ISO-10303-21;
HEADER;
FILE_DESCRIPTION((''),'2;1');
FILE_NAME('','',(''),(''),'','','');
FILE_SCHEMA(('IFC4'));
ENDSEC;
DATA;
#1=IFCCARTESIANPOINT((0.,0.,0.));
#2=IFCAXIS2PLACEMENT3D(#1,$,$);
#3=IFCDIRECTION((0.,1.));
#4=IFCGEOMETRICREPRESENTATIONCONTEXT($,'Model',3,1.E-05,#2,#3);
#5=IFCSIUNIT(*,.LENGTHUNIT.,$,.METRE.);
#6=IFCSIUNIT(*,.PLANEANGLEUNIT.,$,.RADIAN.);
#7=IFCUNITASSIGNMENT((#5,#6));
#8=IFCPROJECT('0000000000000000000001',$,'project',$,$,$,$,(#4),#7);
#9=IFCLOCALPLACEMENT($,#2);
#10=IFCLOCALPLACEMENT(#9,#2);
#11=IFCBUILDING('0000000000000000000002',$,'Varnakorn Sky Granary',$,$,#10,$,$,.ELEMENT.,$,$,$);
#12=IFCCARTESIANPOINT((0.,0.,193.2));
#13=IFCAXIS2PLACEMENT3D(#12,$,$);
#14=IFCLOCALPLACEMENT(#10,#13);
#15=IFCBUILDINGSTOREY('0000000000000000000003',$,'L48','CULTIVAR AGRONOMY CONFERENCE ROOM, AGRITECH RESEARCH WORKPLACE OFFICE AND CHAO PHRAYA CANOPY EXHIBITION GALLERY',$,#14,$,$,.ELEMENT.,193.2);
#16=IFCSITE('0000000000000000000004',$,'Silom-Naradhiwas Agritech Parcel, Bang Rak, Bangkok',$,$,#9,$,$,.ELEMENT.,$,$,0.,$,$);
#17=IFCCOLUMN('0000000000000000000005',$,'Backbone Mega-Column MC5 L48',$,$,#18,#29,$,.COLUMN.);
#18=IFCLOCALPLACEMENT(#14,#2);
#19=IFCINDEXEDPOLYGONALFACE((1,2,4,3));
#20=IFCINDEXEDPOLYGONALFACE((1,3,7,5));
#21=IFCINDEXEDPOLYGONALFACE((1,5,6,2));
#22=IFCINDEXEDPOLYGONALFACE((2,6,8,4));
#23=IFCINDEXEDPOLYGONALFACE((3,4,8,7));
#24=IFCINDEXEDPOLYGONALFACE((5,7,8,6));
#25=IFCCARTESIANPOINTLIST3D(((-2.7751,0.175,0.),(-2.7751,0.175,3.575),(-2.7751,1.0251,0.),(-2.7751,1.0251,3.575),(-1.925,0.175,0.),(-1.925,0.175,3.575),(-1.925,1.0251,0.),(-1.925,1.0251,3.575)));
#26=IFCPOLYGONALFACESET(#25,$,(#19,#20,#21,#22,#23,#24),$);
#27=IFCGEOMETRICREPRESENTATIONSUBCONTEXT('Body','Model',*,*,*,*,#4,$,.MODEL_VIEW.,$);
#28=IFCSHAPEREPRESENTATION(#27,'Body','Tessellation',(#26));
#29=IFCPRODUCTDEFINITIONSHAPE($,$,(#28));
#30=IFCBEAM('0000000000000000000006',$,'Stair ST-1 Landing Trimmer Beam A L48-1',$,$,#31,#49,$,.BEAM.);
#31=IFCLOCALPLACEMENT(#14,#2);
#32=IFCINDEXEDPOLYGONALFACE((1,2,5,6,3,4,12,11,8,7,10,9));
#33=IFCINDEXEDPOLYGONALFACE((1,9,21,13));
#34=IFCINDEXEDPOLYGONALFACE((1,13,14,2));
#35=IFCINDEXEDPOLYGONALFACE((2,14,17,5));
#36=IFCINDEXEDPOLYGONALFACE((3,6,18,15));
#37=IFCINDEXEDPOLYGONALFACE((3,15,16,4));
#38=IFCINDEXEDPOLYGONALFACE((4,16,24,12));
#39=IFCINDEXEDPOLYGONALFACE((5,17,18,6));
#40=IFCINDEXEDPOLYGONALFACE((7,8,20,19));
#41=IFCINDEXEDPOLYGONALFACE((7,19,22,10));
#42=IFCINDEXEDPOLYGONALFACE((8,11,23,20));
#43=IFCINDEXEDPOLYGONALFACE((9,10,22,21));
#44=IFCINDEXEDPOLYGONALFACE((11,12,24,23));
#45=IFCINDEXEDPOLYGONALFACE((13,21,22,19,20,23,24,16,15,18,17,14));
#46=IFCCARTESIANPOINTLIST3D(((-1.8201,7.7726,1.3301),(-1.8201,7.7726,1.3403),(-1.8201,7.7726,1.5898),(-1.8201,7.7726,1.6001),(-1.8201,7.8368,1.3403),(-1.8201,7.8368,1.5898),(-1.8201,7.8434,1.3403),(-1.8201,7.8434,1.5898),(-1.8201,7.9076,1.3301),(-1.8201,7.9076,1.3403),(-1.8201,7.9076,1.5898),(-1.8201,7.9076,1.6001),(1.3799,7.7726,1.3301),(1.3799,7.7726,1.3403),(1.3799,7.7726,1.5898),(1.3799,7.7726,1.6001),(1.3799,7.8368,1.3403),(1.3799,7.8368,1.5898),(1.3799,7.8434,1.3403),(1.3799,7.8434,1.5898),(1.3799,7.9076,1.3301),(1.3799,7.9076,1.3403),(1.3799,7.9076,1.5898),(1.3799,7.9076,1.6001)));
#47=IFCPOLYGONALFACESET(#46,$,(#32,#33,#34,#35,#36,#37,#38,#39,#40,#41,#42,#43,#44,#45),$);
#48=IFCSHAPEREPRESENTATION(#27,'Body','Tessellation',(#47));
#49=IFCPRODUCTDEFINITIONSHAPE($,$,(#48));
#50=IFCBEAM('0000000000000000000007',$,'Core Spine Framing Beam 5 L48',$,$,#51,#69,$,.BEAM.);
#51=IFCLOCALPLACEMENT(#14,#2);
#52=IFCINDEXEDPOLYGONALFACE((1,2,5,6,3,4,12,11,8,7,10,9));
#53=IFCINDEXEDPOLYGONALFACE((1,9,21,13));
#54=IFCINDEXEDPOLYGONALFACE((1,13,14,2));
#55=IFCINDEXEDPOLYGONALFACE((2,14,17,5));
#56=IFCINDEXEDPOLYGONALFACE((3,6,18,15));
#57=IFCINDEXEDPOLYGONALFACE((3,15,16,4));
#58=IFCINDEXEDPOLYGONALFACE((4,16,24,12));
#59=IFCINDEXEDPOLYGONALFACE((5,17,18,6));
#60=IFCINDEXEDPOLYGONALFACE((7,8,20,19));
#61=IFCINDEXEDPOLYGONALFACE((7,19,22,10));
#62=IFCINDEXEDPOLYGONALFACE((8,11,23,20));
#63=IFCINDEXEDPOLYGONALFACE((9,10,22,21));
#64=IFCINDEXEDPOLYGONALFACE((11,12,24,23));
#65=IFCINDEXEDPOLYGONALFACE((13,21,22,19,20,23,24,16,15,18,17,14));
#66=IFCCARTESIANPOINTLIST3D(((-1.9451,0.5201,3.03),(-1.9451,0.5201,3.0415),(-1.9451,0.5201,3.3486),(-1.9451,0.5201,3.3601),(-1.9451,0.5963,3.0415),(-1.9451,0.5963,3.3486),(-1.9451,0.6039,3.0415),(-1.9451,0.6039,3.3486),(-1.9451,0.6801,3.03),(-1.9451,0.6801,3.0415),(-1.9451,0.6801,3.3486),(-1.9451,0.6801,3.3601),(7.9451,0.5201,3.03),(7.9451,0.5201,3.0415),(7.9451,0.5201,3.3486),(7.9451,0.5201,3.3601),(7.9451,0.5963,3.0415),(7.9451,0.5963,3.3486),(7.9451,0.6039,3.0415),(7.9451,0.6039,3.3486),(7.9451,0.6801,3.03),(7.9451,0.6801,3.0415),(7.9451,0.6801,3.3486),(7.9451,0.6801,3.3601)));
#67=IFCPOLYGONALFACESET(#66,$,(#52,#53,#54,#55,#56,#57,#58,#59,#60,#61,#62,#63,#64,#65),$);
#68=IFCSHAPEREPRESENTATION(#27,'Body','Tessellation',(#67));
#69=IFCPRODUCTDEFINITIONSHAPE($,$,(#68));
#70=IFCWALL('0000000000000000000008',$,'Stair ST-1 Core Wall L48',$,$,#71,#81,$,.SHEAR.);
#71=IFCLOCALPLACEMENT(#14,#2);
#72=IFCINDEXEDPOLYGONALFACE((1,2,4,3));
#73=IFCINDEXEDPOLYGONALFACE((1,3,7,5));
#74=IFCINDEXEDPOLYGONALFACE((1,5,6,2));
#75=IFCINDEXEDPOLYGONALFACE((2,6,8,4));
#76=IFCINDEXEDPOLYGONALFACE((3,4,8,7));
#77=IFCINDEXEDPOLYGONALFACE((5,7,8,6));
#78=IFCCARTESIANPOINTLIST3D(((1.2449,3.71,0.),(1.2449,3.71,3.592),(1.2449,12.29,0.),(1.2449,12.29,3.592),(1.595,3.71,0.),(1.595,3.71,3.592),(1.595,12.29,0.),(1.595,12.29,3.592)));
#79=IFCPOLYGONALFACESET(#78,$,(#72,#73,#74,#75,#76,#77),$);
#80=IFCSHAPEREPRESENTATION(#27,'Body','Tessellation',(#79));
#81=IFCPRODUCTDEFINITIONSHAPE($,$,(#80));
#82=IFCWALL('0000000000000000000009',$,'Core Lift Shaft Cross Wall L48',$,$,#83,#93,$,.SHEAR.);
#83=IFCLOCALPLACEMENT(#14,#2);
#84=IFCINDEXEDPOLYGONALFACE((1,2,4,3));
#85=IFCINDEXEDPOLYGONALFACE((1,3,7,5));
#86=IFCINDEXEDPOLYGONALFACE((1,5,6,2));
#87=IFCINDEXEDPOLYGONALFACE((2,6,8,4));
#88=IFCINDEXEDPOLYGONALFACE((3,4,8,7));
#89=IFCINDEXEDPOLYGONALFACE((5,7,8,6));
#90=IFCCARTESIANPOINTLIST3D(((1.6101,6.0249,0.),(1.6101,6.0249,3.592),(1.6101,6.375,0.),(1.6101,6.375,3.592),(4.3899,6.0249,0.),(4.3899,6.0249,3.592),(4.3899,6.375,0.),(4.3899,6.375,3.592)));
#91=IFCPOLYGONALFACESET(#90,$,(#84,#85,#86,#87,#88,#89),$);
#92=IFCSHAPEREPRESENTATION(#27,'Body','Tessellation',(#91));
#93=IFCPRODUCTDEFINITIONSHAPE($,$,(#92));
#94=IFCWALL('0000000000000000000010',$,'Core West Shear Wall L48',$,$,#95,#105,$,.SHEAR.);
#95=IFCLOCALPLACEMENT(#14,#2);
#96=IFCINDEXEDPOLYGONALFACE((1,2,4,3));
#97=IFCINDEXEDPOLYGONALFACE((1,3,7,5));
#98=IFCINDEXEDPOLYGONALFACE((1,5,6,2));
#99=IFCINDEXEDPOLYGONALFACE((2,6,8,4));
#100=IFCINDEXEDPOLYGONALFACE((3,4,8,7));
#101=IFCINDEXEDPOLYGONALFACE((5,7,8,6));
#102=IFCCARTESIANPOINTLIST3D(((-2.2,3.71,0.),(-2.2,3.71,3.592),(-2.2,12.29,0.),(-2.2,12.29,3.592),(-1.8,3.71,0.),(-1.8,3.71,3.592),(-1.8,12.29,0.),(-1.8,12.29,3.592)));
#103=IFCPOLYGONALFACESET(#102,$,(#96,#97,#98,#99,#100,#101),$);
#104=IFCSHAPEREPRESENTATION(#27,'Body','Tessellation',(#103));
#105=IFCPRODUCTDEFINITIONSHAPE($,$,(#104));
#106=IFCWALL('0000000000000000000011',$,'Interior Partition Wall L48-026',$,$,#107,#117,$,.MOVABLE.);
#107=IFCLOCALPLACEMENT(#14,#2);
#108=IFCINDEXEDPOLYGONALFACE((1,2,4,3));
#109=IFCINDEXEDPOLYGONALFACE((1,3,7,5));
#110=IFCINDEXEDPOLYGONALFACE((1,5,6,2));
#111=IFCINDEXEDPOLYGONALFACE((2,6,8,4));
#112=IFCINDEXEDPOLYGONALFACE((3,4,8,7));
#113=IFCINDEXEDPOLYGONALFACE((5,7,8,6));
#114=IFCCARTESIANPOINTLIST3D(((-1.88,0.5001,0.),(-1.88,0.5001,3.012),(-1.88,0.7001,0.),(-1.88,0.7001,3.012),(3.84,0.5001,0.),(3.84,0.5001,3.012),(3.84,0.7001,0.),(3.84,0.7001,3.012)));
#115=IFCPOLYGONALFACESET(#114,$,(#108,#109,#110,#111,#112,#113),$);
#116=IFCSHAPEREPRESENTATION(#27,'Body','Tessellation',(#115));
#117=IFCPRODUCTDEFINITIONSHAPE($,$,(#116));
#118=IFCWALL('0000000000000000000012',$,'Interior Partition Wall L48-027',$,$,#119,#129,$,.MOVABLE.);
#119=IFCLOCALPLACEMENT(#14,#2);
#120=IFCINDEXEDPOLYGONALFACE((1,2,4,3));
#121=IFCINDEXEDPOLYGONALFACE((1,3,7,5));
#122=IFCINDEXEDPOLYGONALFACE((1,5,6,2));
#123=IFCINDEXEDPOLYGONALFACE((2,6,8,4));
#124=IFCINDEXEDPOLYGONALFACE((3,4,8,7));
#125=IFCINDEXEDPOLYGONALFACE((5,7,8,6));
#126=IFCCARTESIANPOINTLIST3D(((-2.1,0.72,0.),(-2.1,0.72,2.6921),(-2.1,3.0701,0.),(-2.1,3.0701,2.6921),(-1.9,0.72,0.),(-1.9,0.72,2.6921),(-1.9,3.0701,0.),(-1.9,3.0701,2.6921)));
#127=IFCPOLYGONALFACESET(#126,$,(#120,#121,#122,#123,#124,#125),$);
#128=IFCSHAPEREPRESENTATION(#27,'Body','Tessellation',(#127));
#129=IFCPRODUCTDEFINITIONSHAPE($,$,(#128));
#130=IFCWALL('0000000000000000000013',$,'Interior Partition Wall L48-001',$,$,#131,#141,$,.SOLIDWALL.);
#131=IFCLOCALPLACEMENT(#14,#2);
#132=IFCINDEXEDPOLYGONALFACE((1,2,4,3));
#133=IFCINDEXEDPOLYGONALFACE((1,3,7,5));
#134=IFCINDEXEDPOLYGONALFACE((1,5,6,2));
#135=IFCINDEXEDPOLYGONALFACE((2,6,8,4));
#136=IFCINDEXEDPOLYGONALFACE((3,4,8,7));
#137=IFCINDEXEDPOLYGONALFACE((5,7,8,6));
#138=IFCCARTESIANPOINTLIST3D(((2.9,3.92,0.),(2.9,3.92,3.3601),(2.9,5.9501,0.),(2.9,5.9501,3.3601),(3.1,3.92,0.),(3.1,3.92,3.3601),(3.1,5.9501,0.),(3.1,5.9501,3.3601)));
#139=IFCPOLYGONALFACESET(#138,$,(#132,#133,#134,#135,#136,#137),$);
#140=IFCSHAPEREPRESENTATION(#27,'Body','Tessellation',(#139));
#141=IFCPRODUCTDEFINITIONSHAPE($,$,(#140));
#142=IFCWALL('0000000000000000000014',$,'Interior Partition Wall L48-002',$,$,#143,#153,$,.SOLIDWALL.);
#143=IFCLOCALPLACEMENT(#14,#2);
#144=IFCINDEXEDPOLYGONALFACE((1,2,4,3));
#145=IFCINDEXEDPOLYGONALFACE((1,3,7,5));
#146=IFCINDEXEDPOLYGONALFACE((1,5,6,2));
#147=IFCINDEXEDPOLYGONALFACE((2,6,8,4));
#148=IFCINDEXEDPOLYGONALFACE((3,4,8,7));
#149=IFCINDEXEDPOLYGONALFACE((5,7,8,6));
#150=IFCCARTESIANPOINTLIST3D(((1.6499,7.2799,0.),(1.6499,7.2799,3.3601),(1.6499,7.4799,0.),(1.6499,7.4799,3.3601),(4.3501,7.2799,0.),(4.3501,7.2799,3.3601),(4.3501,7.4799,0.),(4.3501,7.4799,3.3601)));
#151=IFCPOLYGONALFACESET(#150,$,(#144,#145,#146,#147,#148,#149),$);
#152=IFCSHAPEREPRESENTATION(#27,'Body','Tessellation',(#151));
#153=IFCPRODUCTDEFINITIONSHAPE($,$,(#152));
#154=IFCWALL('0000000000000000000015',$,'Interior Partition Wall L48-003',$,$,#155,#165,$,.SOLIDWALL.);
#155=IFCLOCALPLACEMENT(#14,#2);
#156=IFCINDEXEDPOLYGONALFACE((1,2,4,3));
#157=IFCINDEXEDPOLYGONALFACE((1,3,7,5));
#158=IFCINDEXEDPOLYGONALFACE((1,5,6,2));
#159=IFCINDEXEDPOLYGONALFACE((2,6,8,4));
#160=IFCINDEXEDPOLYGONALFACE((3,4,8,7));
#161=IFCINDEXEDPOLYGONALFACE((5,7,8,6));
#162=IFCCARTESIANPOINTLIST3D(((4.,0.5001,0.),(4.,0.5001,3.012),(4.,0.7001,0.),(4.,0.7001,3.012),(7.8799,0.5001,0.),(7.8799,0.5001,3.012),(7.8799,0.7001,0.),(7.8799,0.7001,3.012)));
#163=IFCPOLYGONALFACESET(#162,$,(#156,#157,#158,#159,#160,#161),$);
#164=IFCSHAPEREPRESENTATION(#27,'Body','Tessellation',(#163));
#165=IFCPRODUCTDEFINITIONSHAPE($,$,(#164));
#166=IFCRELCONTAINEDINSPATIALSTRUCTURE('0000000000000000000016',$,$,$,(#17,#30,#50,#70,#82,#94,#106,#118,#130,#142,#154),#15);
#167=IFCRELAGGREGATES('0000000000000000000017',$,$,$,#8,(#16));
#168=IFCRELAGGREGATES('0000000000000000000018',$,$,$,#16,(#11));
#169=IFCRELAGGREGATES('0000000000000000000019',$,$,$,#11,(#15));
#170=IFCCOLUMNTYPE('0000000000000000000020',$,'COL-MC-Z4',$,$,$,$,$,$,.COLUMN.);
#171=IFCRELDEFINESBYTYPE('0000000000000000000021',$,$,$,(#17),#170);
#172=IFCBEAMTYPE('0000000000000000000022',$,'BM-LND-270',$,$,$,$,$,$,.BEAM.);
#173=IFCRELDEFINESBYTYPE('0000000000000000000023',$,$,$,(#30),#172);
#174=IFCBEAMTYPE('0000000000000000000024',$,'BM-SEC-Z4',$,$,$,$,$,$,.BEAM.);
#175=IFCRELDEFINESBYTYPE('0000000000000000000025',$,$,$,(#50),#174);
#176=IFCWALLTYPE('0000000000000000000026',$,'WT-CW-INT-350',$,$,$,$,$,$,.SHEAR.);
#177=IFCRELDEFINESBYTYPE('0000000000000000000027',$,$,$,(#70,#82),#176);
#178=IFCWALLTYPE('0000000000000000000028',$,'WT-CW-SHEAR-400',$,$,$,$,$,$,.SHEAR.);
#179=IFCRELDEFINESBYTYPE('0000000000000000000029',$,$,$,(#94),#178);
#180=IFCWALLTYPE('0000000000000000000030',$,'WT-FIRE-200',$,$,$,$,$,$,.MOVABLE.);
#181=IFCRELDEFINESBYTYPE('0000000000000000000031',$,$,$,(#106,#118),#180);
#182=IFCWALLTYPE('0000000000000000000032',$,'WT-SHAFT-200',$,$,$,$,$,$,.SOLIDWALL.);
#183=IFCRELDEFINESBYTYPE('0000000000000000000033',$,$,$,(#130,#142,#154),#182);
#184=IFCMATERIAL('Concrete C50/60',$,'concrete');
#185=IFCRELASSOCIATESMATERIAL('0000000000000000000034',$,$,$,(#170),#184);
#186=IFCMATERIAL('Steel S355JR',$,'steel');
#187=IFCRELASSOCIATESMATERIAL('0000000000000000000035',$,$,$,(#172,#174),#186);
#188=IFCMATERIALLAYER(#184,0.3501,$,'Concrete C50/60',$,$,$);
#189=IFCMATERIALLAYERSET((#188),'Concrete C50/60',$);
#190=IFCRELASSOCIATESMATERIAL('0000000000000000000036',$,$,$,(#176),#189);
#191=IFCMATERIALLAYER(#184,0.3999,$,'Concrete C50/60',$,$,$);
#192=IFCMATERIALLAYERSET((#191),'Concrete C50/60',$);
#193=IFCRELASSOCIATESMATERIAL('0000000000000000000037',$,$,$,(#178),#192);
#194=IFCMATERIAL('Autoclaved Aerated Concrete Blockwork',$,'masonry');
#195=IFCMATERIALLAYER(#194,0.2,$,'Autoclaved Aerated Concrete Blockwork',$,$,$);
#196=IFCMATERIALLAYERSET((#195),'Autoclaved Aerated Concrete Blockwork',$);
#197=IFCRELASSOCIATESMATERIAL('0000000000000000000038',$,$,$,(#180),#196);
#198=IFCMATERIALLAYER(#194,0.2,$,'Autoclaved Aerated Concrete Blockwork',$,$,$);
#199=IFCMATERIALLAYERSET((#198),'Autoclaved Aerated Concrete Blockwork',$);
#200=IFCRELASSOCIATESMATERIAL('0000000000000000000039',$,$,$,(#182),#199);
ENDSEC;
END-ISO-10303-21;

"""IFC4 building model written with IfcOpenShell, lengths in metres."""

from ifc_helpers import new_model, si_unit, direction, frame, frame_2d, origin, origin_2d, place, context, subcontext, project, spatial, rectangle, i_section, extrude, material, layer, layer_set, material_profile, profile_set, type_object, element, save


model = new_model("IFC4")

# Units and contexts
model_context = context("Model", 3, precision=1e-05, world=origin(), true_north=direction((0.0, 1.0)))
body_context = subcontext(model_context, "Body", "Model", "MODEL_VIEW")
ifc_project = project(units=[si_unit("LENGTHUNIT", "METRE"), si_unit("PLANEANGLEUNIT", "RADIAN")], contexts=[model_context])

# Site, building, storey
site_placement = place(None, origin())
site = spatial("IfcSite", under=ifc_project, at=site_placement, Name="Silom-Naradhiwas Agritech Parcel, Bang Rak, Bangkok", CompositionType="ELEMENT", RefElevation=0.0)
building_placement = place(site_placement, origin())
building = spatial("IfcBuilding", under=site, at=building_placement, Name="Varnakorn Sky Granary", CompositionType="ELEMENT")
storey_placement = place(building_placement, frame((0.0, 0.0, 193.2)))
storey = spatial("IfcBuildingStorey", under=building, at=storey_placement, Name="L48", Description="CULTIVAR AGRONOMY CONFERENCE ROOM, AGRITECH RESEARCH WORKPLACE OFFICE AND CHAO PHRAYA CANOPY EXHIBITION GALLERY", CompositionType="ELEMENT", Elevation=193.2)

# Column
ifc_material_1 = material(Name="Concrete C50/60", Category="concrete")
ifc_material_profile_1 = material_profile(ifc_material_1, rectangle(XDim=0.8501, YDim=0.8501, at=origin_2d()), Name="RC 850x850")
ifc_profile_set_1 = profile_set([ifc_material_profile_1], Name="Concrete C50/60")
column_type = type_object("IfcColumnType", Name="COL-MC-Z4", PredefinedType="COLUMN", material=ifc_profile_set_1)
column_placement = place(storey_placement, frame((-2.3501, 0.6001, 0.0), z_axis=(0.0, 0.0, 1.0), x_axis=(1.0, 0.0, 0.0)))
element("IfcColumn", 1, at=column_placement, inside=storey, type_object=column_type, Name="Backbone Mega-Column MC5 L48", PredefinedType="COLUMN", context=body_context, shape_type="SweptSolid", body=[
    extrude(rectangle(XDim=0.8501, YDim=0.8501, at=origin_2d()), origin(), (0.0, 0.0, 1.0), 3.575),
])

# Beams
ifc_material_2 = material(Name="Steel S355JR", Category="steel")
ifc_material_profile_2 = material_profile(ifc_material_2, i_section(OverallWidth=0.135, OverallDepth=0.27, WebThickness=0.0066, FlangeThickness=0.0103, at=origin_2d()), Name="IPE 270")
ifc_profile_set_2 = profile_set([ifc_material_profile_2], Name="Steel S355JR")
beam_type_1 = type_object("IfcBeamType", Name="BM-LND-270", PredefinedType="BEAM", material=ifc_profile_set_2)
beam_1_placement = place(storey_placement, frame((-1.8201, 7.8401, 1.4651), z_axis=(1.0, 0.0, 0.0), x_axis=(0.0, 1.0, 0.0)))
element("IfcBeam", 2, at=beam_1_placement, inside=storey, type_object=beam_type_1, Name="Stair ST-1 Landing Trimmer Beam A L48-1", PredefinedType="BEAM", context=body_context, shape_type="SweptSolid", body=[
    extrude(i_section(OverallWidth=0.135, OverallDepth=0.27, WebThickness=0.0066, FlangeThickness=0.0103, at=origin_2d()), origin(), (0.0, 0.0, 1.0), 3.2),
])
ifc_material_profile_3 = material_profile(ifc_material_2, i_section(OverallWidth=0.1599, OverallDepth=0.3301, WebThickness=0.0076, FlangeThickness=0.0115, at=origin_2d()), Name="IPE 330")
ifc_profile_set_3 = profile_set([ifc_material_profile_3], Name="Steel S355JR")
beam_type_2 = type_object("IfcBeamType", Name="BM-SEC-Z4", PredefinedType="BEAM", material=ifc_profile_set_3)
beam_2_placement = place(storey_placement, frame((-1.9451, 0.6001, 3.1951), z_axis=(1.0, 0.0, 0.0), x_axis=(0.0, 1.0, 0.0)))
element("IfcBeam", 3, at=beam_2_placement, inside=storey, type_object=beam_type_2, Name="Core Spine Framing Beam 5 L48", PredefinedType="BEAM", context=body_context, shape_type="SweptSolid", body=[
    extrude(i_section(OverallWidth=0.1599, OverallDepth=0.3301, WebThickness=0.0076, FlangeThickness=0.0115, at=origin_2d()), origin(), (0.0, 0.0, 1.0), 9.8901),
])

# Walls
ifc_layer_1 = layer(ifc_material_1, 0.3501, Name="Concrete C50/60")
ifc_layer_set_1 = layer_set([ifc_layer_1], Name="Concrete C50/60")
wall_type_1 = type_object("IfcWallType", Name="WT-CW-INT-350", PredefinedType="SHEAR", material=ifc_layer_set_1)
wall_1_placement = place(storey_placement, frame((1.4199, 3.71, 0.0), z_axis=(0.0, 0.0, 1.0), x_axis=(0.0, 1.0, 0.0)))
element("IfcWall", 4, at=wall_1_placement, inside=storey, type_object=wall_type_1, Name="Stair ST-1 Core Wall L48", PredefinedType="SHEAR", context=body_context, shape_type="SweptSolid", body=[
    extrude(rectangle(XDim=8.5801, YDim=0.3501, at=frame_2d((4.29, 0.0))), origin(), (0.0, 0.0, 1.0), 3.592),
])
wall_2_placement = place(storey_placement, frame((1.6101, 6.2, 0.0), z_axis=(0.0, 0.0, 1.0), x_axis=(1.0, 0.0, 0.0)))
element("IfcWall", 5, at=wall_2_placement, inside=storey, type_object=wall_type_1, Name="Core Lift Shaft Cross Wall L48", PredefinedType="SHEAR", context=body_context, shape_type="SweptSolid", body=[
    extrude(rectangle(XDim=2.7798, YDim=0.3501, at=frame_2d((1.3899, 0.0))), origin(), (0.0, 0.0, 1.0), 3.592),
])

# Shared definitions
ifc_layer_2 = layer(ifc_material_1, 0.3999, Name="Concrete C50/60")
ifc_layer_set_2 = layer_set([ifc_layer_2], Name="Concrete C50/60")
wall_type_2 = type_object("IfcWallType", Name="WT-CW-SHEAR-400", PredefinedType="SHEAR", material=ifc_layer_set_2)

# Walls
wall_3_placement = place(storey_placement, frame((-2.0, 3.71, 0.0), z_axis=(0.0, 0.0, 1.0), x_axis=(0.0, 1.0, 0.0)))
element("IfcWall", 6, at=wall_3_placement, inside=storey, type_object=wall_type_2, Name="Core West Shear Wall L48", PredefinedType="SHEAR", context=body_context, shape_type="SweptSolid", body=[
    extrude(rectangle(XDim=8.5801, YDim=0.3999, at=frame_2d((4.29, 0.0))), origin(), (0.0, 0.0, 1.0), 3.592),
])
ifc_material_3 = material(Name="Autoclaved Aerated Concrete Blockwork", Category="masonry")
ifc_layer_3 = layer(ifc_material_3, 0.2, Name="Autoclaved Aerated Concrete Blockwork")
ifc_layer_set_3 = layer_set([ifc_layer_3], Name="Autoclaved Aerated Concrete Blockwork")
wall_type_3 = type_object("IfcWallType", Name="WT-FIRE-200", PredefinedType="MOVABLE", material=ifc_layer_set_3)
wall_4_placement = place(storey_placement, frame((-1.8799, 0.6001, 0.0), z_axis=(0.0, 0.0, 1.0), x_axis=(1.0, 0.0, 0.0)))
element("IfcWall", 7, at=wall_4_placement, inside=storey, type_object=wall_type_3, Name="Interior Partition Wall L48-026", PredefinedType="MOVABLE", context=body_context, shape_type="SweptSolid", body=[
    extrude(rectangle(XDim=5.72, YDim=0.2, at=frame_2d((2.8599, 0.0))), origin(), (0.0, 0.0, 1.0), 3.012),
])
wall_5_placement = place(storey_placement, frame((-2.0, 0.72, 0.0), z_axis=(0.0, 0.0, 1.0), x_axis=(0.0, 1.0, 0.0)))
element("IfcWall", 8, at=wall_5_placement, inside=storey, type_object=wall_type_3, Name="Interior Partition Wall L48-027", PredefinedType="MOVABLE", context=body_context, shape_type="SweptSolid", body=[
    extrude(rectangle(XDim=2.3501, YDim=0.2, at=frame_2d((1.175, 0.0))), origin(), (0.0, 0.0, 1.0), 2.6921),
])
ifc_layer_4 = layer(ifc_material_3, 0.2, Name="Autoclaved Aerated Concrete Blockwork")
ifc_layer_set_4 = layer_set([ifc_layer_4], Name="Autoclaved Aerated Concrete Blockwork")
wall_type_4 = type_object("IfcWallType", Name="WT-SHAFT-200", PredefinedType="SOLIDWALL", material=ifc_layer_set_4)
wall_6_placement = place(storey_placement, frame((3.0, 3.9199, 0.0), z_axis=(0.0, 0.0, 1.0), x_axis=(0.0, 1.0, 0.0)))
element("IfcWall", 9, at=wall_6_placement, inside=storey, type_object=wall_type_4, Name="Interior Partition Wall L48-001", PredefinedType="SOLIDWALL", context=body_context, shape_type="SweptSolid", body=[
    extrude(rectangle(XDim=2.03, YDim=0.2, at=frame_2d((1.0151, 0.0))), origin(), (0.0, 0.0, 1.0), 3.3601),
])
wall_7_placement = place(storey_placement, frame((1.6499, 7.3799, 0.0), z_axis=(0.0, 0.0, 1.0), x_axis=(1.0, 0.0, 0.0)))
element("IfcWall", 10, at=wall_7_placement, inside=storey, type_object=wall_type_4, Name="Interior Partition Wall L48-002", PredefinedType="SOLIDWALL", context=body_context, shape_type="SweptSolid", body=[
    extrude(rectangle(XDim=2.7002, YDim=0.2, at=frame_2d((1.3501, 0.0))), origin(), (0.0, 0.0, 1.0), 3.3601),
])
wall_8_placement = place(storey_placement, frame((4.0, 0.6001, 0.0), z_axis=(0.0, 0.0, 1.0), x_axis=(1.0, 0.0, 0.0)))
element("IfcWall", 11, at=wall_8_placement, inside=storey, type_object=wall_type_4, Name="Interior Partition Wall L48-003", PredefinedType="SOLIDWALL", context=body_context, shape_type="SweptSolid", body=[
    extrude(rectangle(XDim=3.8799, YDim=0.2, at=frame_2d((1.9399, 0.0))), origin(), (0.0, 0.0, 1.0), 3.012),
])

save(model, "model.ifc")
